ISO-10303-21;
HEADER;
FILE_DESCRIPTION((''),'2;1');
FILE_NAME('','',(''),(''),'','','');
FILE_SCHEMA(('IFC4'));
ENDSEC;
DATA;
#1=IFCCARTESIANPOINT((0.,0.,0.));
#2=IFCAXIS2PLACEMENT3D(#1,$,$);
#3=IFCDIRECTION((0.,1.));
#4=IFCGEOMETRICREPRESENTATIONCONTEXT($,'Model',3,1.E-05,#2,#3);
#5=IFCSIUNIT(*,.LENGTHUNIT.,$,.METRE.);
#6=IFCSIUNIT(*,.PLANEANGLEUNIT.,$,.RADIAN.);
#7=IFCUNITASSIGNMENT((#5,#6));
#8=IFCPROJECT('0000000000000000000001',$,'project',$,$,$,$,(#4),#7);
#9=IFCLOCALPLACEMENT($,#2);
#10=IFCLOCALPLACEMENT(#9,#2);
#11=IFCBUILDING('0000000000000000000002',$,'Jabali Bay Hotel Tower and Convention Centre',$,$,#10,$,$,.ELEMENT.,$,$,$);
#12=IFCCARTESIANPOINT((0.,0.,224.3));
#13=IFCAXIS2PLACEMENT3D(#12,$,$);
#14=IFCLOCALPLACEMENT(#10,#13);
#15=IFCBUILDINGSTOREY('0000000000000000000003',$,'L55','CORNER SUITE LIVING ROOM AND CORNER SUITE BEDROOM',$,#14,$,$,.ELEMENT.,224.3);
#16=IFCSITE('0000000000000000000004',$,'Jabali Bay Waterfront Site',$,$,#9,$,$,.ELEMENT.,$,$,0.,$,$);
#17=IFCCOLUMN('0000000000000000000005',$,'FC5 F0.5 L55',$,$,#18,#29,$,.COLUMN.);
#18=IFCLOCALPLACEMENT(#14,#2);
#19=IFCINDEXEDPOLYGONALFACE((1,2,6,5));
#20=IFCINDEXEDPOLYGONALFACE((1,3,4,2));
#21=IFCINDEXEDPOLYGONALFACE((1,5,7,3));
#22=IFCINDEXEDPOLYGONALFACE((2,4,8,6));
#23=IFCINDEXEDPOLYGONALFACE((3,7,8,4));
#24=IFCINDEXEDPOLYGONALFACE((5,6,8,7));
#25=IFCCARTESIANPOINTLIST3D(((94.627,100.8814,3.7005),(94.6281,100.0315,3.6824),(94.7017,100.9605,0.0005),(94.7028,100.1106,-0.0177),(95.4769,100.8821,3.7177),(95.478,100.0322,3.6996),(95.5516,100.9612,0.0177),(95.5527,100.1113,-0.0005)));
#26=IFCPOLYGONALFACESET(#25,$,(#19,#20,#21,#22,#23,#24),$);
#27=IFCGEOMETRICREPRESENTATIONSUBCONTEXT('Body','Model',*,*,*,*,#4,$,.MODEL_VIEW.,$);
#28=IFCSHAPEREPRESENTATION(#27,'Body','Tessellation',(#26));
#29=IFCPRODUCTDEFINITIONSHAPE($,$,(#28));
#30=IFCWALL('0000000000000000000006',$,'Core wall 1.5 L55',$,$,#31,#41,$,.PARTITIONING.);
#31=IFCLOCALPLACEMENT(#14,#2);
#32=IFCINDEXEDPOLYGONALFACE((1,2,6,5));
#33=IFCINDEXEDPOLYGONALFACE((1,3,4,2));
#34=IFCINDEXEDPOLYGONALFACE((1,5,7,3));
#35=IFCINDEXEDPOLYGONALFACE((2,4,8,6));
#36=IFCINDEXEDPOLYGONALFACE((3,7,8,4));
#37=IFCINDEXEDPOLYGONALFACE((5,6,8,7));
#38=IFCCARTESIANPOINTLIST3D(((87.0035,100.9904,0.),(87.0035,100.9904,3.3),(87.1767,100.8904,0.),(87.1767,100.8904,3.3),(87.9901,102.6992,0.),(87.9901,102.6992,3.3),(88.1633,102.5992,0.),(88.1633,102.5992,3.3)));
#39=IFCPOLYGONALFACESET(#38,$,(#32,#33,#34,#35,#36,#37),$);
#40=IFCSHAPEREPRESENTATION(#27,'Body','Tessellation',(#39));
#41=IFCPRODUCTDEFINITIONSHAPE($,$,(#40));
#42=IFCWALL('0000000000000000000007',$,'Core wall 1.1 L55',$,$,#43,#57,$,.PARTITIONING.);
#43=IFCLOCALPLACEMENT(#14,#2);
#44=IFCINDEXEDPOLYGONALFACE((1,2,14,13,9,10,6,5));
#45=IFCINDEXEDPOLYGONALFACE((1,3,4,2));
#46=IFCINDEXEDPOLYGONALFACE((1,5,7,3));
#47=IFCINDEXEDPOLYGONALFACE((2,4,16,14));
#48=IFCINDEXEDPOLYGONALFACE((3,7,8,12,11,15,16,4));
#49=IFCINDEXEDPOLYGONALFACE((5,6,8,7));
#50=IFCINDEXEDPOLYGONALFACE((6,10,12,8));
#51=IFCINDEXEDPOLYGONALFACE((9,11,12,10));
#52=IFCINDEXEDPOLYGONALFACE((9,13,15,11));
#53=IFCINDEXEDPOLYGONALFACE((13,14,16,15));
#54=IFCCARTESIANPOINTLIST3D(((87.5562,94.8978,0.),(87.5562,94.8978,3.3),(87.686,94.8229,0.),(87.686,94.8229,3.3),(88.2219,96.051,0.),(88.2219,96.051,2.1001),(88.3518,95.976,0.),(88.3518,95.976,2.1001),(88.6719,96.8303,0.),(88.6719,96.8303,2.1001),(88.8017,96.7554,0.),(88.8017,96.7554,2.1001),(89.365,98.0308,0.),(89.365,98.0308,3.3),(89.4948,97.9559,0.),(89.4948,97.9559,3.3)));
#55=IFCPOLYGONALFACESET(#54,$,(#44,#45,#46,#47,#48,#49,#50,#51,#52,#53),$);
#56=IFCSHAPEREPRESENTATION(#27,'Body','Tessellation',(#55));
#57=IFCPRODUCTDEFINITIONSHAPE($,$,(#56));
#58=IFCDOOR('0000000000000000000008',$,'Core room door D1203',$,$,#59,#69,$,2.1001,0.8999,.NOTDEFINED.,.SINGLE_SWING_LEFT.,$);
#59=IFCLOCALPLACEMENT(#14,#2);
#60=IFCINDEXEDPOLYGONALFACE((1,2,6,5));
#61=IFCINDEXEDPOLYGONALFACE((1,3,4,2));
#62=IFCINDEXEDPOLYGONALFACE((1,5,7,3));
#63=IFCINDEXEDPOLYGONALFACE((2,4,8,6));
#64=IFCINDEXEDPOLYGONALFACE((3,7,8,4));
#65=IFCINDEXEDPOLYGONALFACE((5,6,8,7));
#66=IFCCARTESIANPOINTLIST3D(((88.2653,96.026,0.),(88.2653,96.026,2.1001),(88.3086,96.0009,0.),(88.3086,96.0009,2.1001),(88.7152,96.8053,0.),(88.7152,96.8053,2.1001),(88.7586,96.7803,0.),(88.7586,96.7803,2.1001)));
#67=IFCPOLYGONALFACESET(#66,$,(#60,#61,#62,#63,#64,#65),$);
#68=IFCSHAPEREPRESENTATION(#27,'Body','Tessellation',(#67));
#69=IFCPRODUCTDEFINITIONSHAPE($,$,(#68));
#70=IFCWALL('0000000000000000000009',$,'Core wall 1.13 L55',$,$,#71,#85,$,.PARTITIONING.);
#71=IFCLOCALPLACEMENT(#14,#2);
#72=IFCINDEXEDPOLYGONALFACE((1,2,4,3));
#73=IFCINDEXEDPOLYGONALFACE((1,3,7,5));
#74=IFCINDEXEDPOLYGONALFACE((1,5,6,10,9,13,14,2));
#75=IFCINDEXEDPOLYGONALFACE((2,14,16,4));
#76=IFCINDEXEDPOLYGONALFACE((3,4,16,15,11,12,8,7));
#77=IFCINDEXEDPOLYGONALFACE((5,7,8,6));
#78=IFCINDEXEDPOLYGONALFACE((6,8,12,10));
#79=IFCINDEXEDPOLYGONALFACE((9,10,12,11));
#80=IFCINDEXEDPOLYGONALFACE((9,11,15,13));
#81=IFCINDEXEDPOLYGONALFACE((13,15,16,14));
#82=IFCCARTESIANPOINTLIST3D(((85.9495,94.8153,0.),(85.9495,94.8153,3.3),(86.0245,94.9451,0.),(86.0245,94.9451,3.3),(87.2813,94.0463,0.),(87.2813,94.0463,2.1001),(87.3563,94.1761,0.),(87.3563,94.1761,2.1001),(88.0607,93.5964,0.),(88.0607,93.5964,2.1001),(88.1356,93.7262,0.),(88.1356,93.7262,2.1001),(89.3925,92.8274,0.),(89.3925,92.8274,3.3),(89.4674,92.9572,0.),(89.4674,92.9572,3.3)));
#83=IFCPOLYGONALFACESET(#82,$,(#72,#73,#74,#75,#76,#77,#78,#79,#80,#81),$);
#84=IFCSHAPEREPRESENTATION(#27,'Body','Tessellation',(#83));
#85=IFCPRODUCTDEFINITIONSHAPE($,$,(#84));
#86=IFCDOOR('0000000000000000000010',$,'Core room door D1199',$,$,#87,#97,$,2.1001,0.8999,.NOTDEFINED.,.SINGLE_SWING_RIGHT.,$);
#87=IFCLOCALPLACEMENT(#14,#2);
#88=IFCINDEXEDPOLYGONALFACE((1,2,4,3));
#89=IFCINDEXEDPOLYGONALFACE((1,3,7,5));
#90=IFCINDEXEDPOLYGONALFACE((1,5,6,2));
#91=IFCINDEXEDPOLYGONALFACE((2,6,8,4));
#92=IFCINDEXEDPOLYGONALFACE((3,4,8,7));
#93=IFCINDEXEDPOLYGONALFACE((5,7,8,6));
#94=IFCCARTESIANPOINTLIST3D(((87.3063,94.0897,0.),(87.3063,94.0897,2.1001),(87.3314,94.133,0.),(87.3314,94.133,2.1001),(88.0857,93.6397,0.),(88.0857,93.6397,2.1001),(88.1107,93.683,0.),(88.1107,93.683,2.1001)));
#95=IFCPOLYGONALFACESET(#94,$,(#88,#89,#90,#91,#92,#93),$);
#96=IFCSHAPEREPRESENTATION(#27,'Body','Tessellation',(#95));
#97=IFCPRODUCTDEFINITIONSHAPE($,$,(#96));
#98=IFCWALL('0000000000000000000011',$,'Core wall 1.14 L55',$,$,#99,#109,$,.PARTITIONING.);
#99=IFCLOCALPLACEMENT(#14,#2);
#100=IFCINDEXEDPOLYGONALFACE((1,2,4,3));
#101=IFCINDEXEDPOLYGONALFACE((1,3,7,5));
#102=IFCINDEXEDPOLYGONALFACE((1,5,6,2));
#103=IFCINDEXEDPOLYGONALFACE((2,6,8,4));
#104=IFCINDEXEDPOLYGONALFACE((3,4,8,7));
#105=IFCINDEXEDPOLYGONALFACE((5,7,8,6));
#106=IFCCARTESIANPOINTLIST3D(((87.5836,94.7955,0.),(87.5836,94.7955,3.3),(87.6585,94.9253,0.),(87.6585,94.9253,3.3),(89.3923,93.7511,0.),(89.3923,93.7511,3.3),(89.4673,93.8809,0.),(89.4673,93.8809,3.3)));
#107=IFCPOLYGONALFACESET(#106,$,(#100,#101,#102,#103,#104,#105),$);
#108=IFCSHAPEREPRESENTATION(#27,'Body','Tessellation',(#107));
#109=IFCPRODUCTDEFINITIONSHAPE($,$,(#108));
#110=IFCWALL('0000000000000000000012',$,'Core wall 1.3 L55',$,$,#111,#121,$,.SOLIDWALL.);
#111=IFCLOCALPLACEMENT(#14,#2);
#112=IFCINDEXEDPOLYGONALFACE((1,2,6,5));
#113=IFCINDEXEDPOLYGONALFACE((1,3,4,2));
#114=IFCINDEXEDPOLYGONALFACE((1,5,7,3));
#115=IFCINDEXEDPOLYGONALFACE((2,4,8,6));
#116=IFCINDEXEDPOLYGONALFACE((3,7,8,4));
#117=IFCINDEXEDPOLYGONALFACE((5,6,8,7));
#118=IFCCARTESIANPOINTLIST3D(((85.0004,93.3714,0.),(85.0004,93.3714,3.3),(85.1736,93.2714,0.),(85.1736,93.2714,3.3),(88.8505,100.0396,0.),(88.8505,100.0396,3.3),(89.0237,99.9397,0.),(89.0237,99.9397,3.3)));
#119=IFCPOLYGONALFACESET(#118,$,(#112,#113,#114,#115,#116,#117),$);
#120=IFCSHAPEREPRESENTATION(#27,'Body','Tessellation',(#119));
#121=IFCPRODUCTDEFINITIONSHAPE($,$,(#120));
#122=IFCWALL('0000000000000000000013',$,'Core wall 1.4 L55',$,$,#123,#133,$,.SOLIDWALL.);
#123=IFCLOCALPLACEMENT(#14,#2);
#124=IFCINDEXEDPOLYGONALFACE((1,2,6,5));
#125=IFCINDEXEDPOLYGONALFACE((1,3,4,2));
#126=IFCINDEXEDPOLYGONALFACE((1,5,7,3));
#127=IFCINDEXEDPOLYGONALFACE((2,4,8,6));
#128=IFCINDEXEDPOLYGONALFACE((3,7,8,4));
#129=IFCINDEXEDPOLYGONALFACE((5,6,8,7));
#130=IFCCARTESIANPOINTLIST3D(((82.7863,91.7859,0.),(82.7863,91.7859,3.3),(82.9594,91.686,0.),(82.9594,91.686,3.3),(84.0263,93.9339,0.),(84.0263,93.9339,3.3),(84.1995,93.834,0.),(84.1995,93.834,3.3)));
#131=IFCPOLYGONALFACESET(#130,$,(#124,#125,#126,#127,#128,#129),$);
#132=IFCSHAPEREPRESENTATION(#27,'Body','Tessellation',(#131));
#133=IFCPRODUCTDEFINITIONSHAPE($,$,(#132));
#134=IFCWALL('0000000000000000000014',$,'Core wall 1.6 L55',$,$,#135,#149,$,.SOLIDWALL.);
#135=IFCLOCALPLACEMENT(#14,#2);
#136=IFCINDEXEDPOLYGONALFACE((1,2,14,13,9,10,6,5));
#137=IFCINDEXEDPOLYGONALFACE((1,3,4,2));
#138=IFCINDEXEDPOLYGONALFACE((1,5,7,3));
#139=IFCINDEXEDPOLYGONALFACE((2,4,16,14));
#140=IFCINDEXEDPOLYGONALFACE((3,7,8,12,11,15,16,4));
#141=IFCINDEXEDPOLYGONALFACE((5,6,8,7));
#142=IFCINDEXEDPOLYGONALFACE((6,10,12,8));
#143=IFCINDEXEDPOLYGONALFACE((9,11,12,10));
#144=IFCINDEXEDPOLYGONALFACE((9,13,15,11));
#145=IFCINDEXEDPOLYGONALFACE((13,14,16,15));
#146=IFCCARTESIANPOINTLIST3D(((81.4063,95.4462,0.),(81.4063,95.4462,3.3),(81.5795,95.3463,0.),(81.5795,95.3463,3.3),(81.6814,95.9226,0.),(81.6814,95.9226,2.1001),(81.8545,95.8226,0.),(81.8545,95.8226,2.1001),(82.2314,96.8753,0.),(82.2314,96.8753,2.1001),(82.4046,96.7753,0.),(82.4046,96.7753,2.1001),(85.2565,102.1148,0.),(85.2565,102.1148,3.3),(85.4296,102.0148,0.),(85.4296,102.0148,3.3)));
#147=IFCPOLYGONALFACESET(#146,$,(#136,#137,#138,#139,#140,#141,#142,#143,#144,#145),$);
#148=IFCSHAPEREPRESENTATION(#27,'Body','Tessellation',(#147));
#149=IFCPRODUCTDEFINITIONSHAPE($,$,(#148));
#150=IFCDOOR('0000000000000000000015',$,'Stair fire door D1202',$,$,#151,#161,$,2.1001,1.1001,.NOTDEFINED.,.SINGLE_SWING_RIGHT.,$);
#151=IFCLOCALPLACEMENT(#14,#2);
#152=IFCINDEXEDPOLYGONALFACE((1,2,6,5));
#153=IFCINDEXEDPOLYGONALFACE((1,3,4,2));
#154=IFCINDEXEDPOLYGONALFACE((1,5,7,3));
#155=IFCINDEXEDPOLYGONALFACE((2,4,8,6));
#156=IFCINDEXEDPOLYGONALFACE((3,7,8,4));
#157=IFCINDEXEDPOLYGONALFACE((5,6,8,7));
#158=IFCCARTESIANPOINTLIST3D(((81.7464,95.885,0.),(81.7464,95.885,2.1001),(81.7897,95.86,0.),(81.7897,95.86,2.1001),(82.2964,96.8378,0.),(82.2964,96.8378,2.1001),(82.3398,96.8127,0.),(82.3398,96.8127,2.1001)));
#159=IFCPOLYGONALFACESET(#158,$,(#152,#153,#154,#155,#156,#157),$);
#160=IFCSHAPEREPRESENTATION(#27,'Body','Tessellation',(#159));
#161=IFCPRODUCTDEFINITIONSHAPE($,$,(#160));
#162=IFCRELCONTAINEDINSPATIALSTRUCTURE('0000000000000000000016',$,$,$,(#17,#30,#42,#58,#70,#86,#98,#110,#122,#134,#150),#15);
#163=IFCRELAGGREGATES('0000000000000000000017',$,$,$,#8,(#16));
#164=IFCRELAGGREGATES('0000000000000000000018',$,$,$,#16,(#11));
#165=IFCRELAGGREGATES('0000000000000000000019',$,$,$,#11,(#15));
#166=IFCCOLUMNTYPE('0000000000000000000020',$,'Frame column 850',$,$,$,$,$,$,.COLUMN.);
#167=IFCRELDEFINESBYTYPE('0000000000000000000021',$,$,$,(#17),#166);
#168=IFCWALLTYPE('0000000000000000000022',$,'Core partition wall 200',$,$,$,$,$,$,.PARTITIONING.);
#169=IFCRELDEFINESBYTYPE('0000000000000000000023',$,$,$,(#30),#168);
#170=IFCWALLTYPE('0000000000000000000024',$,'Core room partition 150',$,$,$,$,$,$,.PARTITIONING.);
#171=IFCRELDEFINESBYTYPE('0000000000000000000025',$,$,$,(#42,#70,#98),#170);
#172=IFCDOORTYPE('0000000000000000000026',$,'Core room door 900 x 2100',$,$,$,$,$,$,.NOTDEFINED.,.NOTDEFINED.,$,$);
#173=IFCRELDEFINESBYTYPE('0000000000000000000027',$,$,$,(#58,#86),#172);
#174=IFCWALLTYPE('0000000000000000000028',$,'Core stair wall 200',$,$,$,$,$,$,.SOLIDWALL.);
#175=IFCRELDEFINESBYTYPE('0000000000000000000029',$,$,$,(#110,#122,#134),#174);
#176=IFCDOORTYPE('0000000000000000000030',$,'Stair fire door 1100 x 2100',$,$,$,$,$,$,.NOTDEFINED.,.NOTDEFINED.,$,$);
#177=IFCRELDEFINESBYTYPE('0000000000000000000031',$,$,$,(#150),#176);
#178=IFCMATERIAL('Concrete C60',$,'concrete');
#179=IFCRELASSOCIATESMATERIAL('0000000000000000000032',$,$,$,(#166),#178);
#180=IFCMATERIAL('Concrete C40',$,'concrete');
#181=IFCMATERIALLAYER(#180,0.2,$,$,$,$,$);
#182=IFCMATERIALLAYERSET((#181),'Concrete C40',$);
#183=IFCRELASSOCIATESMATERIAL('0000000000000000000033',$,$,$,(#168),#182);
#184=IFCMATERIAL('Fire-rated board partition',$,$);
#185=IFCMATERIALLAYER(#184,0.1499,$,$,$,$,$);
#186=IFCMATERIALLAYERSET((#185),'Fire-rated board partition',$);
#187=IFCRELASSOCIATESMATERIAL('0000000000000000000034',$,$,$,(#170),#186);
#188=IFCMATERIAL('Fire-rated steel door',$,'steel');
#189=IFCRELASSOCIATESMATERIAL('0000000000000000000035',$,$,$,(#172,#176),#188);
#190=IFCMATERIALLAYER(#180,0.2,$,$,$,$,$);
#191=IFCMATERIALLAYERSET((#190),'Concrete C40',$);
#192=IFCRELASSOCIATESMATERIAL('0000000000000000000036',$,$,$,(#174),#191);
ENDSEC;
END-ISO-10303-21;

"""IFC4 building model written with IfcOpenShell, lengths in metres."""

from ifc_helpers import new_model, si_unit, direction, frame, frame_2d, origin, origin_2d, place, context, subcontext, project, spatial, rectangle, extrude, material, layer, layer_set, material_profile, profile_set, type_object, element, fill, save


model = new_model("IFC4")

# Units and contexts
model_context = context("Model", 3, precision=1e-05, world=origin(), true_north=direction((0.0, 1.0)))
body_context = subcontext(model_context, "Body", "Model", "MODEL_VIEW")
ifc_project = project(units=[si_unit("LENGTHUNIT", "METRE"), si_unit("PLANEANGLEUNIT", "RADIAN")], contexts=[model_context])

# Site, building, storey
site_placement = place(None, origin())
site = spatial("IfcSite", under=ifc_project, at=site_placement, Name="Jabali Bay Waterfront Site", CompositionType="ELEMENT", RefElevation=0.0)
building_placement = place(site_placement, origin())
building = spatial("IfcBuilding", under=site, at=building_placement, Name="Jabali Bay Hotel Tower and Convention Centre", CompositionType="ELEMENT")
storey_placement = place(building_placement, frame((0.0, 0.0, 224.3)))
storey = spatial("IfcBuildingStorey", under=building, at=storey_placement, Name="L55", Description="CORNER SUITE LIVING ROOM AND CORNER SUITE BEDROOM", CompositionType="ELEMENT", Elevation=224.3)

# Column
ifc_material_1 = material(Name="Concrete C60", Category="concrete")
ifc_material_profile = material_profile(ifc_material_1, rectangle(XDim=0.8501, YDim=0.8501, at=origin_2d()), Name="Frame column 850")
ifc_profile_set = profile_set([ifc_material_profile], Name="Concrete C60")
column_type = type_object("IfcColumnType", Name="Frame column 850", PredefinedType="COLUMN", material=ifc_profile_set)
column_placement = place(storey_placement, frame((95.1272, 100.5359, 0.0), z_axis=(-0.020183, -0.02137, 0.999568), x_axis=(0.999795, 0.00089, 0.020206)))
element("IfcColumn", 1, at=column_placement, inside=storey, type_object=column_type, Name="FC5 F0.5 L55", PredefinedType="COLUMN", context=body_context, shape_type="SweptSolid", body=[
    extrude(rectangle(XDim=0.8501, YDim=0.8501, at=origin_2d()), origin(), (0.0, 0.0, 1.0), 3.7017),
])

# Wall
ifc_material_2 = material(Name="Concrete C40", Category="concrete")
ifc_layer_1 = layer(ifc_material_2, 0.2)
ifc_layer_set_1 = layer_set([ifc_layer_1], Name="Concrete C40")
wall_type_1 = type_object("IfcWallType", Name="Core partition wall 200", PredefinedType="PARTITIONING", material=ifc_layer_set_1)
wall_1_placement = place(storey_placement, frame((87.0901, 100.9404, 0.0), z_axis=(0.0, 0.0, 1.0), x_axis=(0.500012, 0.866019, 0.0)))
element("IfcWall", 2, at=wall_1_placement, inside=storey, type_object=wall_type_1, Name="Core wall 1.5 L55", PredefinedType="PARTITIONING", context=body_context, shape_type="SweptSolid", body=[
    extrude(rectangle(XDim=1.9731, YDim=0.2, at=frame_2d((0.9866, 0.0))), origin(), (0.0, 0.0, 1.0), 3.3),
])

# Walls, openings, doors
ifc_material_3 = material(Name="Fire-rated board partition")
ifc_layer_2 = layer(ifc_material_3, 0.1499)
ifc_layer_set_2 = layer_set([ifc_layer_2], Name="Fire-rated board partition")
wall_type_2 = type_object("IfcWallType", Name="Core room partition 150", PredefinedType="PARTITIONING", material=ifc_layer_set_2)
wall_2_placement = place(storey_placement, frame((87.6211, 94.8604, 0.0), z_axis=(0.0, 0.0, 1.0), x_axis=(0.499993, 0.866029, 0.0)))
wall_2 = element("IfcWall", 3, at=wall_2_placement, inside=storey, type_object=wall_type_2, Name="Core wall 1.1 L55", PredefinedType="PARTITIONING", context=body_context, shape_type="SweptSolid", body=[
    extrude(rectangle(XDim=3.6177, YDim=0.1499, at=frame_2d((1.8088, 0.0))), origin(), (0.0, 0.0, 1.0), 3.3),
])
opening_1_placement = place(wall_2_placement, frame((1.3315, 0.0, 0.0)))
opening_1 = element("IfcOpeningElement", 4, at=opening_1_placement, cuts=wall_2, PredefinedType="OPENING", context=body_context, shape_type="SweptSolid", body=[
    extrude(rectangle(XDim=0.8999, YDim=2.1001, at=frame_2d((0.45, 1.05))), frame((0.0, 0.0854, 0.0), z_axis=(0.0, -1.0, 0.0), x_axis=(1.0, 0.0, 0.0)), (0.0, 0.0, 1.0), 0.1709),
])
ifc_material_4 = material(Name="Fire-rated steel door", Category="steel")
door_type_1 = type_object("IfcDoorType", Name="Core room door 900 x 2100", OperationType="NOTDEFINED", PredefinedType="NOTDEFINED", material=ifc_material_4)
door_1_placement = place(opening_1_placement, origin())
door_1 = element("IfcDoor", 5, at=door_1_placement, inside=storey, type_object=door_type_1, Name="Core room door D1203", OperationType="SINGLE_SWING_LEFT", OverallHeight=2.1001, OverallWidth=0.8999, PredefinedType="NOTDEFINED", context=body_context, shape_type="SweptSolid", body=[
    extrude(rectangle(XDim=0.8999, YDim=2.1001, at=frame_2d((0.45, 1.05))), frame((0.0, 0.0249, 0.0), z_axis=(0.0, -1.0, 0.0), x_axis=(1.0, 0.0, 0.0)), (0.0, 0.0, 1.0), 0.05),
])
fill(opening_1, door_1)
wall_3_placement = place(storey_placement, frame((89.4299, 92.8923, 0.0), z_axis=(0.0, 0.0, 1.0), x_axis=(-0.86602, 0.50001, 0.0)))
wall_3 = element("IfcWall", 6, at=wall_3_placement, inside=storey, type_object=wall_type_2, Name="Core wall 1.13 L55", PredefinedType="PARTITIONING", context=body_context, shape_type="SweptSolid", body=[
    extrude(rectangle(XDim=3.9756, YDim=0.1499, at=frame_2d((1.9878, 0.0))), origin(), (0.0, 0.0, 1.0), 3.3),
])
opening_2_placement = place(wall_3_placement, frame((1.5378, 0.0, 0.0)))
opening_2 = element("IfcOpeningElement", 7, at=opening_2_placement, cuts=wall_3, PredefinedType="OPENING", context=body_context, shape_type="SweptSolid", body=[
    extrude(rectangle(XDim=0.8999, YDim=2.1001, at=frame_2d((0.45, 1.05))), frame((0.0, 0.0854, 0.0), z_axis=(0.0, -1.0, 0.0), x_axis=(1.0, 0.0, 0.0)), (0.0, 0.0, 1.0), 0.1709),
])
door_2_placement = place(opening_2_placement, origin())
door_2 = element("IfcDoor", 8, at=door_2_placement, inside=storey, type_object=door_type_1, Name="Core room door D1199", OperationType="SINGLE_SWING_RIGHT", OverallHeight=2.1001, OverallWidth=0.8999, PredefinedType="NOTDEFINED", context=body_context, shape_type="SweptSolid", body=[
    extrude(rectangle(XDim=0.8999, YDim=2.1001, at=frame_2d((0.45, 1.05))), frame((0.0, 0.0249, 0.0), z_axis=(0.0, -1.0, 0.0), x_axis=(1.0, 0.0, 0.0)), (0.0, 0.0, 1.0), 0.05),
])
fill(opening_2, door_2)

# Walls
wall_4_placement = place(storey_placement, frame((89.4299, 93.8159, 0.0), z_axis=(0.0, 0.0, 1.0), x_axis=(-0.866005, 0.500036, 0.0)))
element("IfcWall", 9, at=wall_4_placement, inside=storey, type_object=wall_type_2, Name="Core wall 1.14 L55", PredefinedType="PARTITIONING", context=body_context, shape_type="SweptSolid", body=[
    extrude(rectangle(XDim=2.0886, YDim=0.1499, at=frame_2d((1.0444, 0.0))), origin(), (0.0, 0.0, 1.0), 3.3),
])
ifc_layer_3 = layer(ifc_material_2, 0.2)
ifc_layer_set_3 = layer_set([ifc_layer_3], Name="Concrete C40")
wall_type_3 = type_object("IfcWallType", Name="Core stair wall 200", PredefinedType="SOLIDWALL", material=ifc_layer_set_3)
wall_5_placement = place(storey_placement, frame((85.0869, 93.3213, 0.0), z_axis=(0.0, 0.0, 1.0), x_axis=(0.50002, 0.866014, 0.0)))
element("IfcWall", 10, at=wall_5_placement, inside=storey, type_object=wall_type_3, Name="Core wall 1.3 L55", PredefinedType="SOLIDWALL", context=body_context, shape_type="SweptSolid", body=[
    extrude(rectangle(XDim=7.7, YDim=0.2, at=frame_2d((3.8501, 0.0))), origin(), (0.0, 0.0, 1.0), 3.3),
])
wall_6_placement = place(storey_placement, frame((82.8728, 91.7358, 0.0), z_axis=(0.0, 0.0, 1.0), x_axis=(0.499961, 0.866048, 0.0)))
element("IfcWall", 11, at=wall_6_placement, inside=storey, type_object=wall_type_3, Name="Core wall 1.4 L55", PredefinedType="SOLIDWALL", context=body_context, shape_type="SweptSolid", body=[
    extrude(rectangle(XDim=2.4802, YDim=0.2, at=frame_2d((1.2402, 0.0))), origin(), (0.0, 0.0, 1.0), 3.3),
])

# Wall, opening, door
wall_7_placement = place(storey_placement, frame((81.4929, 95.3962, 0.0), z_axis=(0.0, 0.0, 1.0), x_axis=(0.500006, 0.866022, 0.0)))
wall_7 = element("IfcWall", 12, at=wall_7_placement, inside=storey, type_object=wall_type_3, Name="Core wall 1.6 L55", PredefinedType="SOLIDWALL", context=body_context, shape_type="SweptSolid", body=[
    extrude(rectangle(XDim=7.7002, YDim=0.2, at=frame_2d((3.8501, 0.0))), origin(), (0.0, 0.0, 1.0), 3.3),
])
opening_3_placement = place(wall_7_placement, frame((0.55, 0.0, 0.0)))
opening_3 = element("IfcOpeningElement", 13, at=opening_3_placement, cuts=wall_7, PredefinedType="OPENING", context=body_context, shape_type="SweptSolid", body=[
    extrude(rectangle(XDim=1.1001, YDim=2.1001, at=frame_2d((0.55, 1.05))), frame((0.0, 0.1104, 0.0), z_axis=(0.0, -1.0, 0.0), x_axis=(1.0, 0.0, 0.0)), (0.0, 0.0, 1.0), 0.2209),
])
door_type_2 = type_object("IfcDoorType", Name="Stair fire door 1100 x 2100", OperationType="NOTDEFINED", PredefinedType="NOTDEFINED", material=ifc_material_4)
door_3_placement = place(opening_3_placement, origin())
door_3 = element("IfcDoor", 14, at=door_3_placement, inside=storey, type_object=door_type_2, Name="Stair fire door D1202", OperationType="SINGLE_SWING_RIGHT", OverallHeight=2.1001, OverallWidth=1.1001, PredefinedType="NOTDEFINED", context=body_context, shape_type="SweptSolid", body=[
    extrude(rectangle(XDim=1.1001, YDim=2.1001, at=frame_2d((0.55, 1.05))), frame((0.0, 0.0249, 0.0), z_axis=(0.0, -1.0, 0.0), x_axis=(1.0, 0.0, 0.0)), (0.0, 0.0, 1.0), 0.05),
])
fill(opening_3, door_3)

save(model, "model.ifc")
